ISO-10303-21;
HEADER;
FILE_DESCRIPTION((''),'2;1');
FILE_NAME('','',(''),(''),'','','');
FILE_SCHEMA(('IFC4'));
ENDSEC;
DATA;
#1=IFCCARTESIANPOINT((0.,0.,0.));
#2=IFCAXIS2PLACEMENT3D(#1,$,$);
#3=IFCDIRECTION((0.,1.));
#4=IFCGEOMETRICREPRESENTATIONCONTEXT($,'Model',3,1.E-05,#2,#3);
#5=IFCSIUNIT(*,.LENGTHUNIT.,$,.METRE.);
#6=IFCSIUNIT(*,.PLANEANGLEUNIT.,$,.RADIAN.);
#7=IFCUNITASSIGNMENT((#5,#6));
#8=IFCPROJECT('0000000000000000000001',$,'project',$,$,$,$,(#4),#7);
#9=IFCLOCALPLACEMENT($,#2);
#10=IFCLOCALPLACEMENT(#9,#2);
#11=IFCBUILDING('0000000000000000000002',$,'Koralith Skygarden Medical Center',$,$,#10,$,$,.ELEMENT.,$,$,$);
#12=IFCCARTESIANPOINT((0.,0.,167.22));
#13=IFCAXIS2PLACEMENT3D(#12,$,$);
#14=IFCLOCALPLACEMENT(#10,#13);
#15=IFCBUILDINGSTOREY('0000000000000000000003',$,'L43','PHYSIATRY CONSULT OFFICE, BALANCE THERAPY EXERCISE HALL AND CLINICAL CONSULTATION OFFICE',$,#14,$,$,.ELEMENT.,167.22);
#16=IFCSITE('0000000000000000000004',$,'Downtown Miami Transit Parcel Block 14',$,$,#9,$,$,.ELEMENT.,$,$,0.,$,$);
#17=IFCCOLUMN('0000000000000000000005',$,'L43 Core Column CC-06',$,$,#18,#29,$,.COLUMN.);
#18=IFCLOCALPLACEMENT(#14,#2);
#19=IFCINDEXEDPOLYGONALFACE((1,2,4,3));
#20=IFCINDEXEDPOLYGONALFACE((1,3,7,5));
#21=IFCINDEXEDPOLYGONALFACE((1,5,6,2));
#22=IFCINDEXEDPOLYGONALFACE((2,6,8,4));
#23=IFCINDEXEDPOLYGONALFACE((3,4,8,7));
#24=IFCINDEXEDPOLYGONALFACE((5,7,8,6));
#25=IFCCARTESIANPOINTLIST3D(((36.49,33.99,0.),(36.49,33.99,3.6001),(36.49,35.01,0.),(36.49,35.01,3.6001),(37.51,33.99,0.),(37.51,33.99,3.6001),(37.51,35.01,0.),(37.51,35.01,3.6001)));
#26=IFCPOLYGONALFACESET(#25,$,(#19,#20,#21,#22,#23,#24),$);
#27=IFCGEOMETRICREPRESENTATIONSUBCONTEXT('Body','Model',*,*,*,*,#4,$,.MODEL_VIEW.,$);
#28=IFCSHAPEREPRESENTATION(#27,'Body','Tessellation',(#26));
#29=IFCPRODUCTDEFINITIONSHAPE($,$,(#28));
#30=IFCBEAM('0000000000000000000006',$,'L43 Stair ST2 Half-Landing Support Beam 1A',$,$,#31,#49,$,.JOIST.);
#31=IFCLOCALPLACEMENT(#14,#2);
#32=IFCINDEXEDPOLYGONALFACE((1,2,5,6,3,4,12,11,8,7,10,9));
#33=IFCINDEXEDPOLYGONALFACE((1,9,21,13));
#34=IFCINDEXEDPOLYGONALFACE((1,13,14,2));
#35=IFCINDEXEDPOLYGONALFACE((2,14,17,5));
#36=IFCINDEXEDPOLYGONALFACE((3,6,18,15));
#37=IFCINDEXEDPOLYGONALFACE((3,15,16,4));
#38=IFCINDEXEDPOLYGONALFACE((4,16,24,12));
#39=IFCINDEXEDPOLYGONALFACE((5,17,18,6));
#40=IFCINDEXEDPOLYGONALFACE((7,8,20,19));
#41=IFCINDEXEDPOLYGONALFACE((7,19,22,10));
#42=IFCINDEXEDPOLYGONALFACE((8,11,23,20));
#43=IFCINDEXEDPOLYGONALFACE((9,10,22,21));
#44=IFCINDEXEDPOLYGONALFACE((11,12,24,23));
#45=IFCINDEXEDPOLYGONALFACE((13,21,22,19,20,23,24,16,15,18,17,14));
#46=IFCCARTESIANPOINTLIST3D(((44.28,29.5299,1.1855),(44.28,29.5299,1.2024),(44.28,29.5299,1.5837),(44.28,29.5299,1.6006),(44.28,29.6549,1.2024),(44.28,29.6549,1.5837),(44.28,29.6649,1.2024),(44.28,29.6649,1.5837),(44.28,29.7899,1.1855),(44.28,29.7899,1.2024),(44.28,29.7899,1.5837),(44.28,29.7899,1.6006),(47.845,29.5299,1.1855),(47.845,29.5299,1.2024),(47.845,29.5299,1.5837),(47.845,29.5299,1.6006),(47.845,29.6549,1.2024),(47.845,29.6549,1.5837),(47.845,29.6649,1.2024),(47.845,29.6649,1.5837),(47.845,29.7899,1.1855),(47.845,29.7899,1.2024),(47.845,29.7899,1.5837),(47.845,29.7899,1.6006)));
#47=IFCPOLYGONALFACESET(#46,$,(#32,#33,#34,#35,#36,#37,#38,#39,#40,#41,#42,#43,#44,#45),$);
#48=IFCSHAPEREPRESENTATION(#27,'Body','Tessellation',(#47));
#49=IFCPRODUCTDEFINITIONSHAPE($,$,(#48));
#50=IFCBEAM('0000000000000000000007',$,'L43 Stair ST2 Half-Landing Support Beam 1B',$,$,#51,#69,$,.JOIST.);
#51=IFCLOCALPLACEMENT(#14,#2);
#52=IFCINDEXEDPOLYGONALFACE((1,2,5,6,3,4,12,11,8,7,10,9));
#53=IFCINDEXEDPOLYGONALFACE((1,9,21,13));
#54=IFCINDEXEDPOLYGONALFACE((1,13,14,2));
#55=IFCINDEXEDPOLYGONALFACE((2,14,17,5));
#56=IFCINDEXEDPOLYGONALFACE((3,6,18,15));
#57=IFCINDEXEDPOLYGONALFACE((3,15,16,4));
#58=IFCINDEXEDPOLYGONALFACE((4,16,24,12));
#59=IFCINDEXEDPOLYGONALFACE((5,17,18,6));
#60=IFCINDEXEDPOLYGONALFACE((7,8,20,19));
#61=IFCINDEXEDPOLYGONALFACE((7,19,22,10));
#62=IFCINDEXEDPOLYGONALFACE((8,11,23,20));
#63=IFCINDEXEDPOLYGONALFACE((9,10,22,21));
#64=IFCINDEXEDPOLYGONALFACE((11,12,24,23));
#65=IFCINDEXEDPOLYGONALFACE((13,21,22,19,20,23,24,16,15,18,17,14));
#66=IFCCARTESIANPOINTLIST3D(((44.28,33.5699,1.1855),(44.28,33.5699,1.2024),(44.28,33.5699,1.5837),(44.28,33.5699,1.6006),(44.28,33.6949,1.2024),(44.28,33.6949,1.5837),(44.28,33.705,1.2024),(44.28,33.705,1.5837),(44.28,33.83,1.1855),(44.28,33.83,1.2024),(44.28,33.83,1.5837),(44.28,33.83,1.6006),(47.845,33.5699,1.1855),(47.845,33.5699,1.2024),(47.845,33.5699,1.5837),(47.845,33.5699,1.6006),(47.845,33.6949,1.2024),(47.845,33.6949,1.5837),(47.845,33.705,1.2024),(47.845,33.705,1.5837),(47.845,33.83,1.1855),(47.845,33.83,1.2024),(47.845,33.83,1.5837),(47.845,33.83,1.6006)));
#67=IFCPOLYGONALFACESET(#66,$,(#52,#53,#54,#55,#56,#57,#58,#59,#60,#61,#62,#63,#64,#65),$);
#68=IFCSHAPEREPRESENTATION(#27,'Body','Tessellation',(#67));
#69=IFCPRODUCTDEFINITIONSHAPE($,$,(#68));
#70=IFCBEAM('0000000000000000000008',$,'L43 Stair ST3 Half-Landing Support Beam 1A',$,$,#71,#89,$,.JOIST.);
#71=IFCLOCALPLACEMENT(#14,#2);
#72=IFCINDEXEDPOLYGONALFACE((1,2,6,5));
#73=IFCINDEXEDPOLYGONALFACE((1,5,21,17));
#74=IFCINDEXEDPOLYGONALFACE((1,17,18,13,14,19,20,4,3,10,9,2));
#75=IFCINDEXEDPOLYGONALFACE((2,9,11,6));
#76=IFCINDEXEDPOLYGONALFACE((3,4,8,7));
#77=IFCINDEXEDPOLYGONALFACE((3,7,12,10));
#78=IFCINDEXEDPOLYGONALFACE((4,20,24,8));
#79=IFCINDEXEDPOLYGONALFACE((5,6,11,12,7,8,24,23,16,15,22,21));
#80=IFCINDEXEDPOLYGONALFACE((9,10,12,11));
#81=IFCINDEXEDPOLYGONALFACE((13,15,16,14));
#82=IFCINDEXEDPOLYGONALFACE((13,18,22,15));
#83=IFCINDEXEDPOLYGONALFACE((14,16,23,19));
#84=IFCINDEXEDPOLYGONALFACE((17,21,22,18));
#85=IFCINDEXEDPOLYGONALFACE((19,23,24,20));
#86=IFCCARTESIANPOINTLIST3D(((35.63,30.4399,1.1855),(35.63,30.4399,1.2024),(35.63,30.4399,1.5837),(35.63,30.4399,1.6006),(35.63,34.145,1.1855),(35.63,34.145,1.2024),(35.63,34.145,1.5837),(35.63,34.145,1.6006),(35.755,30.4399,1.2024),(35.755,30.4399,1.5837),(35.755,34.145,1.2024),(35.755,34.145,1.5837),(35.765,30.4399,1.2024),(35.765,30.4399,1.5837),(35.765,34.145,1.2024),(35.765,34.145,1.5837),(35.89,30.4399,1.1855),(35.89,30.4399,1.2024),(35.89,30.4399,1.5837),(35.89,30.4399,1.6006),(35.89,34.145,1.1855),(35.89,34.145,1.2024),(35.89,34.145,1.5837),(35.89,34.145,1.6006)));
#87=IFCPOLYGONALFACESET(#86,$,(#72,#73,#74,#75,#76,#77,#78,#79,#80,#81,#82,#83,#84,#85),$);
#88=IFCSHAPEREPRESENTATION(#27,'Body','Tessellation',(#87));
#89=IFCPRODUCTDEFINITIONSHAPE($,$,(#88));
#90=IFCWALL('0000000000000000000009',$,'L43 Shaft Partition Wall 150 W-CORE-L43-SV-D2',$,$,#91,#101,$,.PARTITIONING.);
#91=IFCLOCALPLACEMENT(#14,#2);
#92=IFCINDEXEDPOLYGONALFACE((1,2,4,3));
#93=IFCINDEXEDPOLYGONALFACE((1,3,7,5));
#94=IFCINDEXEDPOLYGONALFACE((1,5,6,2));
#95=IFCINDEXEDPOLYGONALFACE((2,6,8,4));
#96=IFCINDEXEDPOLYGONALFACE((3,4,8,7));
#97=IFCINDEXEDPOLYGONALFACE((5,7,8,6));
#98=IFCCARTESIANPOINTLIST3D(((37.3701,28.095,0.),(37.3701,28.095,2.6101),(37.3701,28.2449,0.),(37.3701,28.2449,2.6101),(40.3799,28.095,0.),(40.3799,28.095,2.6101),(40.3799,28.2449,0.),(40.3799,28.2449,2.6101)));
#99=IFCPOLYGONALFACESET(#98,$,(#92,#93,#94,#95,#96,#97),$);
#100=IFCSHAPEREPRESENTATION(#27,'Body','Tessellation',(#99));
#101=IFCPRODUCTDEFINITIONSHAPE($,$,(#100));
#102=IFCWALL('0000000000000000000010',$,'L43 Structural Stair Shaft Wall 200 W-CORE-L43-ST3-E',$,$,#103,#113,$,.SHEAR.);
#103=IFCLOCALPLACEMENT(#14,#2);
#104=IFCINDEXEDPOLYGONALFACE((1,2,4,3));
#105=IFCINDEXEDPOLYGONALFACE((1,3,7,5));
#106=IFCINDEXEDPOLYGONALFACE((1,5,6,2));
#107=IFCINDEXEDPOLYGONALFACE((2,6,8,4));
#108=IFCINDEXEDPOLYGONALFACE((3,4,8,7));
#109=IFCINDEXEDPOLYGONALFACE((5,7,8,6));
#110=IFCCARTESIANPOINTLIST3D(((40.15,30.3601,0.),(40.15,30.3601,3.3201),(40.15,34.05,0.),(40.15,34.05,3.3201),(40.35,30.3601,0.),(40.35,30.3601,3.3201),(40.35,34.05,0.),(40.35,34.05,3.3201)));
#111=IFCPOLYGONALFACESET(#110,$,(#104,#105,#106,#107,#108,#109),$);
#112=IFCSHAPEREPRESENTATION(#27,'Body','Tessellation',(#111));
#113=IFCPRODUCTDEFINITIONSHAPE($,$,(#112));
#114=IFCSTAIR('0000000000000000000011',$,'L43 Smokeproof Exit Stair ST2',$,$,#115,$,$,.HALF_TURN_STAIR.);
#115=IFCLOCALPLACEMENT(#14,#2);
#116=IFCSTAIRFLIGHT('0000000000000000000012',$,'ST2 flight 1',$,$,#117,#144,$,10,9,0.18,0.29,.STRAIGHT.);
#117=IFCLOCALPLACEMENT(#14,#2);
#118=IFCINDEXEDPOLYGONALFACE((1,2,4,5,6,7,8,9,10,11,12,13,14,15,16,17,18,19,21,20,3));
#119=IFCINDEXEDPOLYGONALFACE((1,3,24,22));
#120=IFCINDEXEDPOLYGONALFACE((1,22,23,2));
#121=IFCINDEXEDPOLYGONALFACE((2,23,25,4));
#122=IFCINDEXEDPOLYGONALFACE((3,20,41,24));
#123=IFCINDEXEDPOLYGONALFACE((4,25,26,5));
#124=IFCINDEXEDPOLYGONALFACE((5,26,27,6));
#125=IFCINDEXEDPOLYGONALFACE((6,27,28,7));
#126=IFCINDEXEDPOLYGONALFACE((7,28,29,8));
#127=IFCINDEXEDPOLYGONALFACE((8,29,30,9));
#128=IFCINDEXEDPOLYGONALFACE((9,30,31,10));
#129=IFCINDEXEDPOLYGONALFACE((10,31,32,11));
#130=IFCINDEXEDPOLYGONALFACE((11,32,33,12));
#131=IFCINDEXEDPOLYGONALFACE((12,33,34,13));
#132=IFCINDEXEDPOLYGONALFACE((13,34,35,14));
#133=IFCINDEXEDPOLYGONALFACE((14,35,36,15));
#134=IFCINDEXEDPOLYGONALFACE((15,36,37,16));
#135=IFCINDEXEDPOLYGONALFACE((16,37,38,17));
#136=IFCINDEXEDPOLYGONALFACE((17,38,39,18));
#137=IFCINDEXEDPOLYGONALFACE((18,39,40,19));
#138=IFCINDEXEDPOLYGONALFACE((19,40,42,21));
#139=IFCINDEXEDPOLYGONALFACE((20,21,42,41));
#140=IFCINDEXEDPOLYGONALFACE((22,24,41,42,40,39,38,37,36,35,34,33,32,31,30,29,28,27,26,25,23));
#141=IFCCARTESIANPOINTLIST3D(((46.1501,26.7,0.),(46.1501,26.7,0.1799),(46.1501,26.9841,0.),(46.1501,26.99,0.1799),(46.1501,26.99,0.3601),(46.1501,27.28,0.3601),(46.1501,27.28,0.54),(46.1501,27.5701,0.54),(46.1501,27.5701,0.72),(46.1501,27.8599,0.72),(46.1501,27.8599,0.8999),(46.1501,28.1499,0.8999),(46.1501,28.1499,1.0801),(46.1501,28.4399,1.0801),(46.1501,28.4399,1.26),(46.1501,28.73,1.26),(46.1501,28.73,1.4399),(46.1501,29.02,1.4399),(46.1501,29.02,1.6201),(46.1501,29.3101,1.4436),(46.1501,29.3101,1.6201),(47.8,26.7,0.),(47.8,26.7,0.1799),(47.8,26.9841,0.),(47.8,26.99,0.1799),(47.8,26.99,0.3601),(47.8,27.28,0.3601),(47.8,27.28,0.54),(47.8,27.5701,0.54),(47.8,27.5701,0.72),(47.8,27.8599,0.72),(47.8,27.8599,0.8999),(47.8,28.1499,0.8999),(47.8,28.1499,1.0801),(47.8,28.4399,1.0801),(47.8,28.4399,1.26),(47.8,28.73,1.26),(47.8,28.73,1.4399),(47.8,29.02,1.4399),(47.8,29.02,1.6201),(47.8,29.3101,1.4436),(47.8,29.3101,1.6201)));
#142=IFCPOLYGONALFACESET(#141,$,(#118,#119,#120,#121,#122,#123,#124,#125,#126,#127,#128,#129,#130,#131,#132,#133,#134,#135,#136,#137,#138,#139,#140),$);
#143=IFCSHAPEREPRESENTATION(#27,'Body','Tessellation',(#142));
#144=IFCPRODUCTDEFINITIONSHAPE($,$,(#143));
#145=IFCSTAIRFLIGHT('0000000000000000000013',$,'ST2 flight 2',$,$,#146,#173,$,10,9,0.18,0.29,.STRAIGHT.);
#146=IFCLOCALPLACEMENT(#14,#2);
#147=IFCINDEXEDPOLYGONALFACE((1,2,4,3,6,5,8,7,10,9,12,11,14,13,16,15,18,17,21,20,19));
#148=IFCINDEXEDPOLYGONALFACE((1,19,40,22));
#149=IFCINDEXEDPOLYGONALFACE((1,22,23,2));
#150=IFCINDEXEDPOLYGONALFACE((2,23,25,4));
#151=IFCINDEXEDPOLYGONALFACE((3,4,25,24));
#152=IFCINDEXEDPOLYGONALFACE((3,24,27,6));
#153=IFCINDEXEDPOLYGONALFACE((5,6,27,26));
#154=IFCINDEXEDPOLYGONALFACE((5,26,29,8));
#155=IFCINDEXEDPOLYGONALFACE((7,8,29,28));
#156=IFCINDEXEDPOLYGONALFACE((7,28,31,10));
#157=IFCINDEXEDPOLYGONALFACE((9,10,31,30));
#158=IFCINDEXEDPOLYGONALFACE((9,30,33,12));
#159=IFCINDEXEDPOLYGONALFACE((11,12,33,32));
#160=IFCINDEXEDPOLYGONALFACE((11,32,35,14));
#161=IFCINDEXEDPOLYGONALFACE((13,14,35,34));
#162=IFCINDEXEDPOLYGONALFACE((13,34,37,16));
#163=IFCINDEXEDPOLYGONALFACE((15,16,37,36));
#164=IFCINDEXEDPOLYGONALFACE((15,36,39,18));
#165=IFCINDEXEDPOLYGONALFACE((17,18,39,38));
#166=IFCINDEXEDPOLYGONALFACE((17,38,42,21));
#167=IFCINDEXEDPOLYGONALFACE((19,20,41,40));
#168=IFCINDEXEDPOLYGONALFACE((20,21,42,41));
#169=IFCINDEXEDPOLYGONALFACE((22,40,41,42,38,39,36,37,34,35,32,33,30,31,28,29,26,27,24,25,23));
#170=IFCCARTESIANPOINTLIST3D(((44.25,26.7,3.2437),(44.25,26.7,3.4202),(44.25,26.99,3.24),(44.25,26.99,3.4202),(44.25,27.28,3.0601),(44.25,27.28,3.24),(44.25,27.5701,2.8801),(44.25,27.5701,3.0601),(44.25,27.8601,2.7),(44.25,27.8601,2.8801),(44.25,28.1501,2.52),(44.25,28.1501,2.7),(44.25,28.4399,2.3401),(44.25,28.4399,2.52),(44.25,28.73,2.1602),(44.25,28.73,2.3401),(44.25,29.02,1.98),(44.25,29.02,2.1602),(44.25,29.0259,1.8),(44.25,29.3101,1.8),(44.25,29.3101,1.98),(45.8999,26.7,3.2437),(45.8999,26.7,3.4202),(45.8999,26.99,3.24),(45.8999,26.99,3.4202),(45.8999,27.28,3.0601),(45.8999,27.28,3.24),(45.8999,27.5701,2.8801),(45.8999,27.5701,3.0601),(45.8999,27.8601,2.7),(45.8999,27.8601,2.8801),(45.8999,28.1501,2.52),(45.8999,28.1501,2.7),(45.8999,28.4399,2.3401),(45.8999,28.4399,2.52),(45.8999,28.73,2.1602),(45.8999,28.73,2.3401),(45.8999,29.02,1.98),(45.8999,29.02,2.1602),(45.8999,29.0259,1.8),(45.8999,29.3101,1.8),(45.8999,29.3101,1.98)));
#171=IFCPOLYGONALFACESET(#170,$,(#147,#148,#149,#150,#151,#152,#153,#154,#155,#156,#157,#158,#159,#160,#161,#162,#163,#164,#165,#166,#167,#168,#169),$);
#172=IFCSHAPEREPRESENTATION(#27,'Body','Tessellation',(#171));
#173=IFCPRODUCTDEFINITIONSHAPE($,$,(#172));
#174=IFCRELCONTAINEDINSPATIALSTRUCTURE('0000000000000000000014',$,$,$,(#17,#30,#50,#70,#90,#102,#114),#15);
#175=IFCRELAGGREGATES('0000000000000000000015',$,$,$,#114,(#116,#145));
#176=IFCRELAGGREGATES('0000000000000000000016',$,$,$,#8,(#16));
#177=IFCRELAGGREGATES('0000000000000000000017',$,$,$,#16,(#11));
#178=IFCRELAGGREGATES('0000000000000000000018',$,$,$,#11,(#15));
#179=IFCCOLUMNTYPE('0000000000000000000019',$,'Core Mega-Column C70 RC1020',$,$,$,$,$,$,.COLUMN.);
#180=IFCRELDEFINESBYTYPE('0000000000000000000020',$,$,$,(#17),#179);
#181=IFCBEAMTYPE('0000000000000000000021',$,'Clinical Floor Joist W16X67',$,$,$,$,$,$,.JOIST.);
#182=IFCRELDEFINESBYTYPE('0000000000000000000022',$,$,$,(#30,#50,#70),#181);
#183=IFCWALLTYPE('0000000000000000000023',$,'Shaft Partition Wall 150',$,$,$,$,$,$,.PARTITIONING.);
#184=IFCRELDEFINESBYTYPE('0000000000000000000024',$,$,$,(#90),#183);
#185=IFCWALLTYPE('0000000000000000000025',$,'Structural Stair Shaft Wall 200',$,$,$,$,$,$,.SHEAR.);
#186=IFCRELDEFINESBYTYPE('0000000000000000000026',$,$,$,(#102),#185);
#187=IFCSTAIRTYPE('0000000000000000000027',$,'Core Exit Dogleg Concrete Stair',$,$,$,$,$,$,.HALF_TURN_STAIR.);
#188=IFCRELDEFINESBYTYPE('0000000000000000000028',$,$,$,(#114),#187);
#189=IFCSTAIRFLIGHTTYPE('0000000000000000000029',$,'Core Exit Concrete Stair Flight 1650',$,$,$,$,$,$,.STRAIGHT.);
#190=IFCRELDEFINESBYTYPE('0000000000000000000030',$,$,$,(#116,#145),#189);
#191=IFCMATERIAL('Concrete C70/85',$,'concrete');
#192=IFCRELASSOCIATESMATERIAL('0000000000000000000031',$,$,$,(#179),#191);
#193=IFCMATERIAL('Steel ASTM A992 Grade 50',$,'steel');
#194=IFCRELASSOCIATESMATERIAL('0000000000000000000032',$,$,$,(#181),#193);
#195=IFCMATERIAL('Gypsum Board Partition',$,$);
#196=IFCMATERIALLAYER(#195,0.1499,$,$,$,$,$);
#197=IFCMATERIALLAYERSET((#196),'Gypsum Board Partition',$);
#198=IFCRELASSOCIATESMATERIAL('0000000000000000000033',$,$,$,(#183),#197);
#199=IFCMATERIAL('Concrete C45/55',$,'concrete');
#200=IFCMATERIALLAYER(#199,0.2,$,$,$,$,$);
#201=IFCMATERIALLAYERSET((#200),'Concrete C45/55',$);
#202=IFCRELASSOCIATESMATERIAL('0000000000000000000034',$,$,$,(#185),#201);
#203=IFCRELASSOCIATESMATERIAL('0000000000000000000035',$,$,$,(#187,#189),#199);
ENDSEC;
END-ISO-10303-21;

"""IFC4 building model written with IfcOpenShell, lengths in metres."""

from ifc_helpers import new_model, si_unit, direction, frame, frame_2d, origin, origin_2d, place, context, subcontext, project, spatial, polyline, rectangle, i_section, outline, extrude, material, layer, layer_set, material_profile, profile_set, type_object, element, aggregate, save


model = new_model("IFC4")

# Units and contexts
model_context = context("Model", 3, precision=1e-05, world=origin(), true_north=direction((0.0, 1.0)))
body_context = subcontext(model_context, "Body", "Model", "MODEL_VIEW")
ifc_project = project(units=[si_unit("LENGTHUNIT", "METRE"), si_unit("PLANEANGLEUNIT", "RADIAN")], contexts=[model_context])

# Site, building, storey
site_placement = place(None, origin())
site = spatial("IfcSite", under=ifc_project, at=site_placement, Name="Downtown Miami Transit Parcel Block 14", CompositionType="ELEMENT", RefElevation=0.0)
building_placement = place(site_placement, origin())
building = spatial("IfcBuilding", under=site, at=building_placement, Name="Koralith Skygarden Medical Center", CompositionType="ELEMENT")
storey_placement = place(building_placement, frame((0.0, 0.0, 167.22)))
storey = spatial("IfcBuildingStorey", under=building, at=storey_placement, Name="L43", Description="PHYSIATRY CONSULT OFFICE, BALANCE THERAPY EXERCISE HALL AND CLINICAL CONSULTATION OFFICE", CompositionType="ELEMENT", Elevation=167.22)

# Column
ifc_material_1 = material(Name="Concrete C70/85", Category="concrete")
ifc_material_profile_1 = material_profile(ifc_material_1, rectangle(XDim=1.02, YDim=1.02, at=origin_2d()), Name="RC1020X1020")
ifc_profile_set_1 = profile_set([ifc_material_profile_1], Name="Concrete C70/85")
column_type = type_object("IfcColumnType", Name="Core Mega-Column C70 RC1020", PredefinedType="COLUMN", material=ifc_profile_set_1)
column_placement = place(storey_placement, frame((37.0, 34.5, 0.0), z_axis=(0.0, 0.0, 1.0), x_axis=(1.0, 0.0, 0.0)))
element("IfcColumn", 1, at=column_placement, inside=storey, type_object=column_type, Name="L43 Core Column CC-06", PredefinedType="COLUMN", context=body_context, shape_type="SweptSolid", body=[
    extrude(rectangle(XDim=1.02, YDim=1.02, at=origin_2d()), origin(), (0.0, 0.0, 1.0), 3.6001),
])

# Beams
ifc_material_2 = material(Name="Steel ASTM A992 Grade 50", Category="steel")
ifc_material_profile_2 = material_profile(ifc_material_2, i_section(OverallWidth=0.26, OverallDepth=0.415, WebThickness=0.01, FlangeThickness=0.0168, at=origin_2d()), Name="W16X67")
ifc_profile_set_2 = profile_set([ifc_material_profile_2], Name="Steel ASTM A992 Grade 50")
beam_type = type_object("IfcBeamType", Name="Clinical Floor Joist W16X67", PredefinedType="JOIST", material=ifc_profile_set_2)
for number, where, z_axis, x_axis, name in (
    (2, (44.28, 29.6599, 1.3931), (1.0, 0.0, 0.0), (0.0, 1.0, 0.0), "L43 Stair ST2 Half-Landing Support Beam 1A"),
    (3, (44.28, 33.7, 1.3931), (1.0, 0.0, 0.0), (0.0, 1.0, 0.0), "L43 Stair ST2 Half-Landing Support Beam 1B"),
):
    element("IfcBeam", number, at=place(storey_placement, frame(where, z_axis=z_axis, x_axis=x_axis)), inside=storey, type_object=beam_type, Name=name, PredefinedType="JOIST", context=body_context, shape_type="SweptSolid", body=[
        extrude(i_section(OverallWidth=0.26, OverallDepth=0.415, WebThickness=0.01, FlangeThickness=0.0168, at=origin_2d()), origin(), (0.0, 0.0, 1.0), 3.5649),
    ])
beam_placement = place(storey_placement, frame((35.76, 30.4399, 1.3931), z_axis=(0.0, 1.0, 0.0), x_axis=(-1.0, 0.0, 0.0)))
element("IfcBeam", 4, at=beam_placement, inside=storey, type_object=beam_type, Name="L43 Stair ST3 Half-Landing Support Beam 1A", PredefinedType="JOIST", context=body_context, shape_type="SweptSolid", body=[
    extrude(i_section(OverallWidth=0.26, OverallDepth=0.415, WebThickness=0.01, FlangeThickness=0.0168, at=origin_2d()), origin(), (0.0, 0.0, 1.0), 3.7051),
])

# Walls
ifc_material_3 = material(Name="Gypsum Board Partition")
ifc_layer_1 = layer(ifc_material_3, 0.1499)
ifc_layer_set_1 = layer_set([ifc_layer_1], Name="Gypsum Board Partition")
wall_type_1 = type_object("IfcWallType", Name="Shaft Partition Wall 150", PredefinedType="PARTITIONING", material=ifc_layer_set_1)
wall_1_placement = place(storey_placement, frame((37.3701, 28.1699, 0.0), z_axis=(0.0, 0.0, 1.0), x_axis=(1.0, 0.0, 0.0)))
element("IfcWall", 5, at=wall_1_placement, inside=storey, type_object=wall_type_1, Name="L43 Shaft Partition Wall 150 W-CORE-L43-SV-D2", PredefinedType="PARTITIONING", context=body_context, shape_type="SweptSolid", body=[
    extrude(rectangle(XDim=3.0098, YDim=0.1499, at=frame_2d((1.5049, 0.0))), origin(), (0.0, 0.0, 1.0), 2.6101),
])
ifc_material_4 = material(Name="Concrete C45/55", Category="concrete")
ifc_layer_2 = layer(ifc_material_4, 0.2)
ifc_layer_set_2 = layer_set([ifc_layer_2], Name="Concrete C45/55")
wall_type_2 = type_object("IfcWallType", Name="Structural Stair Shaft Wall 200", PredefinedType="SHEAR", material=ifc_layer_set_2)
wall_2_placement = place(storey_placement, frame((40.25, 30.3601, 0.0), z_axis=(0.0, 0.0, 1.0), x_axis=(0.0, 1.0, 0.0)))
element("IfcWall", 6, at=wall_2_placement, inside=storey, type_object=wall_type_2, Name="L43 Structural Stair Shaft Wall 200 W-CORE-L43-ST3-E", PredefinedType="SHEAR", context=body_context, shape_type="SweptSolid", body=[
    extrude(rectangle(XDim=3.6899, YDim=0.2, at=frame_2d((1.845, 0.0))), origin(), (0.0, 0.0, 1.0), 3.3201),
])

# Stair, stair flights
stair_type = type_object("IfcStairType", Name="Core Exit Dogleg Concrete Stair", PredefinedType="HALF_TURN_STAIR", material=ifc_material_4)
stair_placement = place(storey_placement, origin())
stair = element("IfcStair", 7, at=stair_placement, inside=storey, type_object=stair_type, Name="L43 Smokeproof Exit Stair ST2", PredefinedType="HALF_TURN_STAIR")
stair_flight_type = type_object("IfcStairFlightType", Name="Core Exit Concrete Stair Flight 1650", PredefinedType="STRAIGHT", material=ifc_material_4)
stair_flight_1_placement = place(storey_placement, frame((46.9751, 26.7, 0.0), z_axis=(0.0, 0.0, 1.0), x_axis=(0.0, 1.0, 0.0)))
stair_flight_1 = element("IfcStairFlight", 8, at=stair_flight_1_placement, type_object=stair_flight_type, Name="ST2 flight 1", NumberOfRisers=10, NumberOfTreads=9, PredefinedType="STRAIGHT", RiserHeight=0.18, TreadLength=0.29, context=body_context, shape_type="SweptSolid", body=[
    extrude(outline(polyline([(0.0, 0.0), (0.0, 0.1799), (0.29, 0.1799), (0.29, 0.3601), (0.5801, 0.3601), (0.5801, 0.54), (0.8701, 0.54), (0.8701, 0.72), (1.1599, 0.72), (1.1599, 0.8999), (1.45, 0.8999), (1.45, 1.0801), (1.74, 1.0801), (1.74, 1.26), (2.03, 1.26), (2.03, 1.4399), (2.3201, 1.4399), (2.3201, 1.6201), (2.6101, 1.6201), (2.6101, 1.8), (2.6101, 1.4436), (0.2842, 0.0), (0.0, 0.0)])), frame((0.0, 0.825, 0.0), z_axis=(0.0, -1.0, 0.0), x_axis=(1.0, 0.0, 0.0)), (0.0, 0.0, 1.0), 1.6499),
])
stair_flight_2_placement = place(storey_placement, frame((45.075, 29.3101, 1.8), z_axis=(0.0, 0.0, 1.0), x_axis=(0.0, -1.0, 0.0)))
stair_flight_2 = element("IfcStairFlight", 9, at=stair_flight_2_placement, type_object=stair_flight_type, Name="ST2 flight 2", NumberOfRisers=10, NumberOfTreads=9, PredefinedType="STRAIGHT", RiserHeight=0.18, TreadLength=0.29, context=body_context, shape_type="SweptSolid", body=[
    extrude(outline(polyline([(0.0, 0.0), (0.0, 0.1799), (0.29, 0.1799), (0.29, 0.3601), (0.5801, 0.3601), (0.5801, 0.54), (0.8701, 0.54), (0.8701, 0.72), (1.1599, 0.72), (1.1599, 0.8999), (1.45, 0.8999), (1.45, 1.0801), (1.74, 1.0801), (1.74, 1.26), (2.03, 1.26), (2.03, 1.4399), (2.3201, 1.4399), (2.3201, 1.6201), (2.6101, 1.6201), (2.6101, 1.8), (2.6101, 1.4436), (0.2842, 0.0), (0.0, 0.0)])), frame((0.0, 0.825, 0.0), z_axis=(0.0, -1.0, 0.0), x_axis=(1.0, 0.0, 0.0)), (0.0, 0.0, 1.0), 1.6499),
])
aggregate(stair, [stair_flight_1, stair_flight_2])

save(model, "model.ifc")
